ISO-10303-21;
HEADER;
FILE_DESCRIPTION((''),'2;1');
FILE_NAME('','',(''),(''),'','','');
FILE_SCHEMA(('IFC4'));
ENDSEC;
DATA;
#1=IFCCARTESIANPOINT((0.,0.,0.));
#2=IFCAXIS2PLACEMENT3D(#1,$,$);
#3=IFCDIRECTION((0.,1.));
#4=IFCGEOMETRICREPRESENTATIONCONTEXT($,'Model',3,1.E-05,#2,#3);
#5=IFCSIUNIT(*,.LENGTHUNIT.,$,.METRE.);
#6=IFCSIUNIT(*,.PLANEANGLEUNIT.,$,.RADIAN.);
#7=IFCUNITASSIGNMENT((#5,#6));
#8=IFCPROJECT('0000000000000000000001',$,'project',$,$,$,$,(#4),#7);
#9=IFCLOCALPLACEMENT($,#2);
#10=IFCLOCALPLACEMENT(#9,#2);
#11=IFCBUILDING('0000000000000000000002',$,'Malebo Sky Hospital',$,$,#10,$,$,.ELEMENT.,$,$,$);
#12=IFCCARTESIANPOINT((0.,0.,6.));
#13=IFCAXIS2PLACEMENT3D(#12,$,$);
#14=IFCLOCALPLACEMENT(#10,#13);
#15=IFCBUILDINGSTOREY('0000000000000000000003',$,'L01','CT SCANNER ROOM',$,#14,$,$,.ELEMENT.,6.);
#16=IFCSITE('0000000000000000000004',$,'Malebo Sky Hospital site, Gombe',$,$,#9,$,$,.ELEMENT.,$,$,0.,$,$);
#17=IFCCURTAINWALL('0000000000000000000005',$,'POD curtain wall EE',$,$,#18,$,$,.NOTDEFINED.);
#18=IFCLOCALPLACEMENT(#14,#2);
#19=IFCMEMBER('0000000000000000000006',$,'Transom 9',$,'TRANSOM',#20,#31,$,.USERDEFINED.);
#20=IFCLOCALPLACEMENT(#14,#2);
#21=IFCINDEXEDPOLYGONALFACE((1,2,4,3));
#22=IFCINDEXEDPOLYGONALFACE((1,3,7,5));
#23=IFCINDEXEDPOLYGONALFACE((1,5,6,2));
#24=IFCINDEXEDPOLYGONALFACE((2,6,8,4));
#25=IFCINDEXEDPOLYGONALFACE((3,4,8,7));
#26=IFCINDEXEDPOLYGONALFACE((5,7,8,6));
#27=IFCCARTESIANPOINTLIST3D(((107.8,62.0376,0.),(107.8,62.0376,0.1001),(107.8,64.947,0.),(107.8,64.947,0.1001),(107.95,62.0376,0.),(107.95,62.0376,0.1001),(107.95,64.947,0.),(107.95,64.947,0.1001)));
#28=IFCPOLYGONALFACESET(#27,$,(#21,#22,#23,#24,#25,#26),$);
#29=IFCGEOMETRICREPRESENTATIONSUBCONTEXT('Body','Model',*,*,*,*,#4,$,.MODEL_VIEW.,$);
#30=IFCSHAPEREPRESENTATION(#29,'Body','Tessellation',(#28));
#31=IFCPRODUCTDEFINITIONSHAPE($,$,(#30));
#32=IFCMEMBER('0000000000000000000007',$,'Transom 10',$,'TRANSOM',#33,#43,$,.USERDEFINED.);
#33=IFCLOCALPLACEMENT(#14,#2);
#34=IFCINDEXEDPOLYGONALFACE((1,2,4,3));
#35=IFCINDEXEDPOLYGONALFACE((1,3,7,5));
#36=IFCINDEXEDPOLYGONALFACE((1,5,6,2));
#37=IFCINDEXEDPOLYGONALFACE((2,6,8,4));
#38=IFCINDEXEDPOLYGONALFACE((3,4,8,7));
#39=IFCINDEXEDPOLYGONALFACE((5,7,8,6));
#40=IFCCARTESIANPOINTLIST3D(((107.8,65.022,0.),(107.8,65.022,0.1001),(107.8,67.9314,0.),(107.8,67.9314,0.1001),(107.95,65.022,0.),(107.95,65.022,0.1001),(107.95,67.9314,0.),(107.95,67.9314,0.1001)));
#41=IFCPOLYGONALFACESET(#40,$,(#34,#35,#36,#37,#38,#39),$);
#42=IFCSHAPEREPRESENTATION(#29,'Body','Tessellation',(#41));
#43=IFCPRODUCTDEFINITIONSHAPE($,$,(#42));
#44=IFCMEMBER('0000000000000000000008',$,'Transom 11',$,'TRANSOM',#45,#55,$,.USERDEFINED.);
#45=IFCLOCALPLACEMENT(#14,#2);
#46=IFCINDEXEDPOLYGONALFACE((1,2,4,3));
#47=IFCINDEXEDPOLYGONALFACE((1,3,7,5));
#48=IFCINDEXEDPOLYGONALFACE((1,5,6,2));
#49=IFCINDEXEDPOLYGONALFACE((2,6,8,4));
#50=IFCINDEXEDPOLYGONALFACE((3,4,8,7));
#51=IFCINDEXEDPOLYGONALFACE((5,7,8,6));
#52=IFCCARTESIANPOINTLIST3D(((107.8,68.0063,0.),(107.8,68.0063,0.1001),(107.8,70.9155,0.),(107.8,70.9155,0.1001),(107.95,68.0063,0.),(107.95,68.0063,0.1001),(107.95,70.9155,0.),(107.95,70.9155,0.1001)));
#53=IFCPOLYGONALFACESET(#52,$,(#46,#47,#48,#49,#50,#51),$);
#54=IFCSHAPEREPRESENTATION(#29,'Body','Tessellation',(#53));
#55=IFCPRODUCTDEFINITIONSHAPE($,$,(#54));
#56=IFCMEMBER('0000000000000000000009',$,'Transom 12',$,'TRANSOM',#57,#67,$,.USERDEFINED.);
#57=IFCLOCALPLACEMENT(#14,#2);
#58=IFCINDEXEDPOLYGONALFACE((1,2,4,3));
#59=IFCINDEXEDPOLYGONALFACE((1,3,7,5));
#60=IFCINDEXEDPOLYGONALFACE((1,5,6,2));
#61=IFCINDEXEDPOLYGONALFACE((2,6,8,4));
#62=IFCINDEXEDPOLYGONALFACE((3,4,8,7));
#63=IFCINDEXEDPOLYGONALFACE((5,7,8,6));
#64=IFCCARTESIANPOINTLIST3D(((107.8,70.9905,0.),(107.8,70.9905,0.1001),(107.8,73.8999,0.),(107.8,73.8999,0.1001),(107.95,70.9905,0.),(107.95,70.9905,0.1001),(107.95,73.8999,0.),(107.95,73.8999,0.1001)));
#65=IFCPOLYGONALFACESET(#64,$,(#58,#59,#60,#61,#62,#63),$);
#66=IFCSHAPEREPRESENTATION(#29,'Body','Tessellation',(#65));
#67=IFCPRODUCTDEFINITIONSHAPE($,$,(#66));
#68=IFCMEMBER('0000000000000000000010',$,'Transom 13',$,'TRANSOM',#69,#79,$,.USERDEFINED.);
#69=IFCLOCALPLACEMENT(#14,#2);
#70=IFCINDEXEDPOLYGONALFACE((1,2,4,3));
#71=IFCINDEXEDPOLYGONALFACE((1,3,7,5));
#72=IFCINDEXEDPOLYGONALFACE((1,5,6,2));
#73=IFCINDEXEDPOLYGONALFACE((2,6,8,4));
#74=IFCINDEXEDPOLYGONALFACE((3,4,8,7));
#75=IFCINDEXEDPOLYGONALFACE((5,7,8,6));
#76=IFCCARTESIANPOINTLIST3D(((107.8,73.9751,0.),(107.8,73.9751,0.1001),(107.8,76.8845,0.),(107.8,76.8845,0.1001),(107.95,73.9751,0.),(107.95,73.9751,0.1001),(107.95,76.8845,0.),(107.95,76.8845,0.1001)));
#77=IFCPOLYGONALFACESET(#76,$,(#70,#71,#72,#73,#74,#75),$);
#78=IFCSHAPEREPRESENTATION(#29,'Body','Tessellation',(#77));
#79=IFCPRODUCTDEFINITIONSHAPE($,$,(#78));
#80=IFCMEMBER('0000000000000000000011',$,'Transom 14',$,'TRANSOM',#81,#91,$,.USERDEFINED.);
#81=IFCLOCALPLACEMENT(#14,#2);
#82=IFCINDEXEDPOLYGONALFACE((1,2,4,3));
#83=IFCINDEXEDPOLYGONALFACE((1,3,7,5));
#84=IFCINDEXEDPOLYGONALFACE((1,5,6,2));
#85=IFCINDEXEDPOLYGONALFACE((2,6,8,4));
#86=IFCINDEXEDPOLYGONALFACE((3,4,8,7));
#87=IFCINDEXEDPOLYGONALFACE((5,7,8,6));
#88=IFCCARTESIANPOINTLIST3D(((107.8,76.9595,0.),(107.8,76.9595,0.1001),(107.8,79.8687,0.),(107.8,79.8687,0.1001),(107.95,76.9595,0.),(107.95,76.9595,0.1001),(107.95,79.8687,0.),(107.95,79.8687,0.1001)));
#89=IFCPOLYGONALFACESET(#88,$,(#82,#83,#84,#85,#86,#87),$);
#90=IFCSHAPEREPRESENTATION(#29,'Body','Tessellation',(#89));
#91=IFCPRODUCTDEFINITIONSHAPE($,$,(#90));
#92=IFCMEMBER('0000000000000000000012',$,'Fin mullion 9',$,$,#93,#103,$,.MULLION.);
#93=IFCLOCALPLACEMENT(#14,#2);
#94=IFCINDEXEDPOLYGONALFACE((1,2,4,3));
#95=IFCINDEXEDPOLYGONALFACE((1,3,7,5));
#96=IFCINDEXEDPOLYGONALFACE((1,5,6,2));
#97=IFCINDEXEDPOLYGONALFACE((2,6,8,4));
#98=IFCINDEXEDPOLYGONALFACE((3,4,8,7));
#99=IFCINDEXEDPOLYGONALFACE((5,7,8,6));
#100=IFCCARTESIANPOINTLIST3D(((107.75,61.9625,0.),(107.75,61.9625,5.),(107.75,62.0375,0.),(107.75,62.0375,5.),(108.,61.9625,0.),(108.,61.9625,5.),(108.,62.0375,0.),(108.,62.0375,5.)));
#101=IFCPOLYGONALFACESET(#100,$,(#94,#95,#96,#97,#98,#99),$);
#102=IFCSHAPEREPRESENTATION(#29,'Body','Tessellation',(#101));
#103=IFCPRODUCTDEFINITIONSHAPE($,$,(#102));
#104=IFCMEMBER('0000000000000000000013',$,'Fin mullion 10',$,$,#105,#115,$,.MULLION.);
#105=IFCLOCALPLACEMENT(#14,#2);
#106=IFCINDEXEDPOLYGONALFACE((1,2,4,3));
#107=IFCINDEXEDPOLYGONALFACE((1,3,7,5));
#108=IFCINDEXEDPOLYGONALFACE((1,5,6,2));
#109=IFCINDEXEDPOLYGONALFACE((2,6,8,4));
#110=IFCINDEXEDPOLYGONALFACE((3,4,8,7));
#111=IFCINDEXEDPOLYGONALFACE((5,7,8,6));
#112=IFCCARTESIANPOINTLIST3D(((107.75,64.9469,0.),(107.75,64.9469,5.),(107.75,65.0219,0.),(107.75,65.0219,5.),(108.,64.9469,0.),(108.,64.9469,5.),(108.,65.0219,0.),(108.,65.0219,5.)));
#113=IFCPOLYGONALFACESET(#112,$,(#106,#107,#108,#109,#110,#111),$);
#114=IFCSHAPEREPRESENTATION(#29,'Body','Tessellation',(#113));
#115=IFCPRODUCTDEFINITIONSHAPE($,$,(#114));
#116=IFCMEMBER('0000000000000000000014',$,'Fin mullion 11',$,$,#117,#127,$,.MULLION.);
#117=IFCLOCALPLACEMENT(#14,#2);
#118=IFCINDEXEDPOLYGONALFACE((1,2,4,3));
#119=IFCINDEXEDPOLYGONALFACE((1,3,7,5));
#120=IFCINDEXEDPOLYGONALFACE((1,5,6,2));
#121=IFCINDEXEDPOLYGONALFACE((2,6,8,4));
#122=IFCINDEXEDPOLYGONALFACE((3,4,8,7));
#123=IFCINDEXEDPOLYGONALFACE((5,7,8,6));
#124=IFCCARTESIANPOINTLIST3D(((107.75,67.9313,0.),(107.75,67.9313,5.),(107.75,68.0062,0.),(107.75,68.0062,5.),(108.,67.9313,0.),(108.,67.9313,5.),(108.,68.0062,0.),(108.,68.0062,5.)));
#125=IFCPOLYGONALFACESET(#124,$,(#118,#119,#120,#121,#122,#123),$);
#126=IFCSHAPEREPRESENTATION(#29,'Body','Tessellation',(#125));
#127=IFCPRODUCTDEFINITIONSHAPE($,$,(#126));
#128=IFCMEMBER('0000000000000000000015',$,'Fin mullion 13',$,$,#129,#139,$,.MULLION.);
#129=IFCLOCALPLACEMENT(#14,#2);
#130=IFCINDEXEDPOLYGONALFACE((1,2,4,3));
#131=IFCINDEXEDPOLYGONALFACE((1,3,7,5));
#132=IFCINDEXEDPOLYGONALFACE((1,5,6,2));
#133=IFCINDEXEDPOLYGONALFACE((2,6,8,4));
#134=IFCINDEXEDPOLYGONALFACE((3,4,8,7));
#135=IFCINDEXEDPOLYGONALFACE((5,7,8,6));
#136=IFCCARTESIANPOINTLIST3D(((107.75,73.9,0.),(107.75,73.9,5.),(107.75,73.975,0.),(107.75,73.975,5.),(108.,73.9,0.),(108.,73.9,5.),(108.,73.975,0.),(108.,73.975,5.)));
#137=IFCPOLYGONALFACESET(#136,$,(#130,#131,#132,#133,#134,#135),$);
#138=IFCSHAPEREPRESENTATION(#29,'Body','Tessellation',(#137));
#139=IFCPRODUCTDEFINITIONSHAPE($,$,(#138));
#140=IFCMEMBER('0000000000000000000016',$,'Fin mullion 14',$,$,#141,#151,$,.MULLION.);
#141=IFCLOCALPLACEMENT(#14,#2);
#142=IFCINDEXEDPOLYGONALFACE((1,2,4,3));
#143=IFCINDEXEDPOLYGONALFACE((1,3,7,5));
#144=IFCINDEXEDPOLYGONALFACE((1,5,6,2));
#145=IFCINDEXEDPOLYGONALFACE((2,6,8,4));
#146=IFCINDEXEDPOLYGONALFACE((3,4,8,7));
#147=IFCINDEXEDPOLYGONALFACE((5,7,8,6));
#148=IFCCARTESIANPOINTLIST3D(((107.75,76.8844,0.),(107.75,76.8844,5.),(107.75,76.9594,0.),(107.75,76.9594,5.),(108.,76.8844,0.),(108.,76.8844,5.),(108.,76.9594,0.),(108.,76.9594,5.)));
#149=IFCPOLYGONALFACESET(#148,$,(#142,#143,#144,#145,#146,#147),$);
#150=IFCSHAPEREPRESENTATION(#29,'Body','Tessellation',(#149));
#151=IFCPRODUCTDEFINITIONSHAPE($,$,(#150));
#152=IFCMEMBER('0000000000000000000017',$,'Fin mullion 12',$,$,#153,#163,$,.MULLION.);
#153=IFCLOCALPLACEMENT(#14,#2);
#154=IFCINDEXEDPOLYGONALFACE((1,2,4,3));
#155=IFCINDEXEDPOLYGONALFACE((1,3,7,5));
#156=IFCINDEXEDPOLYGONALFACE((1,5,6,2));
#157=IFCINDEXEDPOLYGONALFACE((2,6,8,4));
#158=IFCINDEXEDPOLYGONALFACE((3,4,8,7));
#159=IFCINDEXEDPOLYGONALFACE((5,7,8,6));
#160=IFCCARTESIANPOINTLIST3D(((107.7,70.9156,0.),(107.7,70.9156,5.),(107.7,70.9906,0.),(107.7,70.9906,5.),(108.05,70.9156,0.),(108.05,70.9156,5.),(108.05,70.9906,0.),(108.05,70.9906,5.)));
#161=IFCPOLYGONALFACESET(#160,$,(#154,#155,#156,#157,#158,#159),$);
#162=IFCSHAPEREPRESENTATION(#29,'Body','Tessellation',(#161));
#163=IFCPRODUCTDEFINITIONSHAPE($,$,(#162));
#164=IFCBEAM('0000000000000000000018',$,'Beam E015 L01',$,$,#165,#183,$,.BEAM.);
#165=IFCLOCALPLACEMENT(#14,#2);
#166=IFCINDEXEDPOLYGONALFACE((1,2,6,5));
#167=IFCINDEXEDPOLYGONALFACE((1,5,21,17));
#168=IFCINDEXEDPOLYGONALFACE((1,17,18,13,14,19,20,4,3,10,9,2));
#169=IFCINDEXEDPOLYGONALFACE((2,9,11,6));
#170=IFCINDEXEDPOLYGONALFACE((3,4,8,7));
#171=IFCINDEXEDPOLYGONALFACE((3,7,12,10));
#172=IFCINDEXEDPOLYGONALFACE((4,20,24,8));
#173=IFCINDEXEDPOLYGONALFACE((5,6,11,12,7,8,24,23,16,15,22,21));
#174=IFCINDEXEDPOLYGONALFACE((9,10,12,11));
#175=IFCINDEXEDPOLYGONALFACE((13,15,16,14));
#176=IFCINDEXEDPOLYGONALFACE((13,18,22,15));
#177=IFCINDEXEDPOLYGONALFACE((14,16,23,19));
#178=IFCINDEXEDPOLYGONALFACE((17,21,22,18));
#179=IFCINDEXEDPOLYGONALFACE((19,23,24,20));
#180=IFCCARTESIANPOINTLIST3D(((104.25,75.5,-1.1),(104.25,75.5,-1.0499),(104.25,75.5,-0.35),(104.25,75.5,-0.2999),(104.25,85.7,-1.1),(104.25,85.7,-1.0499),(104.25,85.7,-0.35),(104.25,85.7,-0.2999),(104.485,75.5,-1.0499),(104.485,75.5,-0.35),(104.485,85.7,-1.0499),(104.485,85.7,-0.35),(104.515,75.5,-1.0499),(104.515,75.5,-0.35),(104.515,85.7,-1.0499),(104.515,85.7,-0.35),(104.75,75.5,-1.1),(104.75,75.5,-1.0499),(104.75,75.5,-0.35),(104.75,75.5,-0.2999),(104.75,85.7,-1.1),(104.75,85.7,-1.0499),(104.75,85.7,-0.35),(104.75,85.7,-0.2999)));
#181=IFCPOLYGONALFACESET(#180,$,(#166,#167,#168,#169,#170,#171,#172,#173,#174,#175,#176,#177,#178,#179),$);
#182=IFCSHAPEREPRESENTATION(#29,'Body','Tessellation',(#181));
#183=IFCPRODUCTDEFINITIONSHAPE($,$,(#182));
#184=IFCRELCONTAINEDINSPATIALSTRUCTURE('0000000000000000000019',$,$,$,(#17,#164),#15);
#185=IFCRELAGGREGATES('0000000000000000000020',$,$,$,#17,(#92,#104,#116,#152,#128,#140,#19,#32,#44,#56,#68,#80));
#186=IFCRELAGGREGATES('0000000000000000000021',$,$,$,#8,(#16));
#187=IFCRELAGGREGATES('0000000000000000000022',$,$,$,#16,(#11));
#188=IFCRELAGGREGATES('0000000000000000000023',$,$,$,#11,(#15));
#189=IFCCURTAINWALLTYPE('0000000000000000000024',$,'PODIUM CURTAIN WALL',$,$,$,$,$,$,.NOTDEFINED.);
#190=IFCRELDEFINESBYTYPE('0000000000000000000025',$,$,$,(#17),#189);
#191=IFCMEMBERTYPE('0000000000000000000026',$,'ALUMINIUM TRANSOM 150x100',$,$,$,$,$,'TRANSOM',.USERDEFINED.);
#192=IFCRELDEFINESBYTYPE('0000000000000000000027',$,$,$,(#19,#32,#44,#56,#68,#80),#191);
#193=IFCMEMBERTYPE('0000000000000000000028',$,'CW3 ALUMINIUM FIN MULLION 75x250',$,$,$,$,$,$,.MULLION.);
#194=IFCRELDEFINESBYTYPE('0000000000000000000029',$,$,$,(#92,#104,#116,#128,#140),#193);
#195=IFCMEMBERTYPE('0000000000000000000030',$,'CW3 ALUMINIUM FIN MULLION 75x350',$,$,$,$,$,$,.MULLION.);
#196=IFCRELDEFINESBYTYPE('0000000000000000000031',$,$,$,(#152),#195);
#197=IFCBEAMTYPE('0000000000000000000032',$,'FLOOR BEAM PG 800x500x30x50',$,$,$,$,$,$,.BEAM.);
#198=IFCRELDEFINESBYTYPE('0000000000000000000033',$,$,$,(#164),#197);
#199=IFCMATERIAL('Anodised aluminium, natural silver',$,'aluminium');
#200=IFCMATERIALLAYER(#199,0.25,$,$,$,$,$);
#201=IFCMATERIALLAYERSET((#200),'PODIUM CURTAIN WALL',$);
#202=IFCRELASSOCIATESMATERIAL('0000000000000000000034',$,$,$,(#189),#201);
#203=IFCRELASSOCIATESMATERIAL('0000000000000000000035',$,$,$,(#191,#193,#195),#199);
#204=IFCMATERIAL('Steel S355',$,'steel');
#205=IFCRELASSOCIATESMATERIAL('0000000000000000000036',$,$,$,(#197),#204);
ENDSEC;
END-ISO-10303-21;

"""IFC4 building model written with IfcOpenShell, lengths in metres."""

from ifc_helpers import new_model, si_unit, direction, frame, origin, origin_2d, place, context, subcontext, project, spatial, rectangle, i_section, extrude, material, layer, layer_set, material_profile, profile_set, type_object, element, aggregate, save


model = new_model("IFC4")

# Units and contexts
model_context = context("Model", 3, precision=1e-05, world=origin(), true_north=direction((0.0, 1.0)))
body_context = subcontext(model_context, "Body", "Model", "MODEL_VIEW")
ifc_project = project(units=[si_unit("LENGTHUNIT", "METRE"), si_unit("PLANEANGLEUNIT", "RADIAN")], contexts=[model_context])

# Site, building, storey
site_placement = place(None, origin())
site = spatial("IfcSite", under=ifc_project, at=site_placement, Name="Malebo Sky Hospital site, Gombe", CompositionType="ELEMENT", RefElevation=0.0)
building_placement = place(site_placement, origin())
building = spatial("IfcBuilding", under=site, at=building_placement, Name="Malebo Sky Hospital", CompositionType="ELEMENT")
storey_placement = place(building_placement, frame((0.0, 0.0, 6.0)))
storey = spatial("IfcBuildingStorey", under=building, at=storey_placement, Name="L01", Description="CT SCANNER ROOM", CompositionType="ELEMENT", Elevation=6.0)

# Curtain wall, members
ifc_material_1 = material(Name="Anodised aluminium, natural silver", Category="aluminium")
ifc_layer_1 = layer(ifc_material_1, 0.25)
ifc_layer_set_1 = layer_set([ifc_layer_1], Name="PODIUM CURTAIN WALL")
curtain_wall_type = type_object("IfcCurtainWallType", Name="PODIUM CURTAIN WALL", PredefinedType="NOTDEFINED", material=ifc_layer_set_1)
curtain_wall_placement = place(storey_placement, origin())
curtain_wall = element("IfcCurtainWall", 1, at=curtain_wall_placement, inside=storey, type_object=curtain_wall_type, Name="POD curtain wall EE", PredefinedType="NOTDEFINED")
ifc_material_profile_1 = material_profile(ifc_material_1, rectangle(XDim=0.1499, YDim=0.1001, at=origin_2d()), Name="ALUMINIUM TRANSOM 150x100")
ifc_profile_set_1 = profile_set([ifc_material_profile_1], Name="Anodised aluminium, natural silver")
member_type_1 = type_object("IfcMemberType", Name="ALUMINIUM TRANSOM 150x100", ElementType="TRANSOM", PredefinedType="USERDEFINED", material=ifc_profile_set_1)
member_1_placement = place(storey_placement, frame((107.875, 62.0376, 0.05), z_axis=(0.0, 1.0, 0.0), x_axis=(-1.0, 0.0, 0.0)))
member_1 = element("IfcMember", 2, at=member_1_placement, type_object=member_type_1, Name="Transom 9", ObjectType="TRANSOM", PredefinedType="USERDEFINED", context=body_context, shape_type="SweptSolid", body=[
    extrude(rectangle(XDim=0.1499, YDim=0.1001, at=origin_2d()), origin(), (0.0, 0.0, 1.0), 2.9094),
])
member_2_placement = place(storey_placement, frame((107.875, 65.022, 0.05), z_axis=(0.0, 1.0, 0.0), x_axis=(-1.0, 0.0, 0.0)))
member_2 = element("IfcMember", 3, at=member_2_placement, type_object=member_type_1, Name="Transom 10", ObjectType="TRANSOM", PredefinedType="USERDEFINED", context=body_context, shape_type="SweptSolid", body=[
    extrude(rectangle(XDim=0.1499, YDim=0.1001, at=origin_2d()), origin(), (0.0, 0.0, 1.0), 2.9094),
])
member_3_placement = place(storey_placement, frame((107.875, 68.0063, 0.05), z_axis=(0.0, 1.0, 0.0), x_axis=(-1.0, 0.0, 0.0)))
member_3 = element("IfcMember", 4, at=member_3_placement, type_object=member_type_1, Name="Transom 11", ObjectType="TRANSOM", PredefinedType="USERDEFINED", context=body_context, shape_type="SweptSolid", body=[
    extrude(rectangle(XDim=0.1499, YDim=0.1001, at=origin_2d()), origin(), (0.0, 0.0, 1.0), 2.9092),
])
member_4_placement = place(storey_placement, frame((107.875, 70.9905, 0.05), z_axis=(0.0, 1.0, 0.0), x_axis=(-1.0, 0.0, 0.0)))
member_4 = element("IfcMember", 5, at=member_4_placement, type_object=member_type_1, Name="Transom 12", ObjectType="TRANSOM", PredefinedType="USERDEFINED", context=body_context, shape_type="SweptSolid", body=[
    extrude(rectangle(XDim=0.1499, YDim=0.1001, at=origin_2d()), origin(), (0.0, 0.0, 1.0), 2.9094),
])
member_5_placement = place(storey_placement, frame((107.875, 73.9751, 0.05), z_axis=(0.0, 1.0, 0.0), x_axis=(-1.0, 0.0, 0.0)))
member_5 = element("IfcMember", 6, at=member_5_placement, type_object=member_type_1, Name="Transom 13", ObjectType="TRANSOM", PredefinedType="USERDEFINED", context=body_context, shape_type="SweptSolid", body=[
    extrude(rectangle(XDim=0.1499, YDim=0.1001, at=origin_2d()), origin(), (0.0, 0.0, 1.0), 2.9094),
])
member_6_placement = place(storey_placement, frame((107.875, 76.9595, 0.05), z_axis=(0.0, 1.0, 0.0), x_axis=(-1.0, 0.0, 0.0)))
member_6 = element("IfcMember", 7, at=member_6_placement, type_object=member_type_1, Name="Transom 14", ObjectType="TRANSOM", PredefinedType="USERDEFINED", context=body_context, shape_type="SweptSolid", body=[
    extrude(rectangle(XDim=0.1499, YDim=0.1001, at=origin_2d()), origin(), (0.0, 0.0, 1.0), 2.9092),
])
ifc_material_profile_2 = material_profile(ifc_material_1, rectangle(XDim=0.075, YDim=0.25, at=origin_2d()), Name="CW3 ALUMINIUM FIN MULLION 75x250")
ifc_profile_set_2 = profile_set([ifc_material_profile_2], Name="Anodised aluminium, natural silver")
member_type_2 = type_object("IfcMemberType", Name="CW3 ALUMINIUM FIN MULLION 75x250", PredefinedType="MULLION", material=ifc_profile_set_2)
member_7_placement = place(storey_placement, frame((107.875, 62.0, 0.0), z_axis=(0.0, 0.0, 1.0), x_axis=(0.0, 1.0, 0.0)))
member_7 = element("IfcMember", 8, at=member_7_placement, type_object=member_type_2, Name="Fin mullion 9", PredefinedType="MULLION", context=body_context, shape_type="SweptSolid", body=[
    extrude(rectangle(XDim=0.075, YDim=0.25, at=origin_2d()), origin(), (0.0, 0.0, 1.0), 5.0),
])
member_8_placement = place(storey_placement, frame((107.875, 64.9844, 0.0), z_axis=(0.0, 0.0, 1.0), x_axis=(0.0, 1.0, 0.0)))
member_8 = element("IfcMember", 9, at=member_8_placement, type_object=member_type_2, Name="Fin mullion 10", PredefinedType="MULLION", context=body_context, shape_type="SweptSolid", body=[
    extrude(rectangle(XDim=0.075, YDim=0.25, at=origin_2d()), origin(), (0.0, 0.0, 1.0), 5.0),
])
member_9_placement = place(storey_placement, frame((107.875, 67.9688, 0.0), z_axis=(0.0, 0.0, 1.0), x_axis=(0.0, 1.0, 0.0)))
member_9 = element("IfcMember", 10, at=member_9_placement, type_object=member_type_2, Name="Fin mullion 11", PredefinedType="MULLION", context=body_context, shape_type="SweptSolid", body=[
    extrude(rectangle(XDim=0.075, YDim=0.25, at=origin_2d()), origin(), (0.0, 0.0, 1.0), 5.0),
])
member_10_placement = place(storey_placement, frame((107.875, 73.9375, 0.0), z_axis=(0.0, 0.0, 1.0), x_axis=(0.0, 1.0, 0.0)))
member_10 = element("IfcMember", 11, at=member_10_placement, type_object=member_type_2, Name="Fin mullion 13", PredefinedType="MULLION", context=body_context, shape_type="SweptSolid", body=[
    extrude(rectangle(XDim=0.075, YDim=0.25, at=origin_2d()), origin(), (0.0, 0.0, 1.0), 5.0),
])
member_11_placement = place(storey_placement, frame((107.875, 76.9219, 0.0), z_axis=(0.0, 0.0, 1.0), x_axis=(0.0, 1.0, 0.0)))
member_11 = element("IfcMember", 12, at=member_11_placement, type_object=member_type_2, Name="Fin mullion 14", PredefinedType="MULLION", context=body_context, shape_type="SweptSolid", body=[
    extrude(rectangle(XDim=0.075, YDim=0.25, at=origin_2d()), origin(), (0.0, 0.0, 1.0), 5.0),
])
ifc_material_profile_3 = material_profile(ifc_material_1, rectangle(XDim=0.075, YDim=0.3501, at=origin_2d()), Name="CW3 ALUMINIUM FIN MULLION 75x350")
ifc_profile_set_3 = profile_set([ifc_material_profile_3], Name="Anodised aluminium, natural silver")
member_type_3 = type_object("IfcMemberType", Name="CW3 ALUMINIUM FIN MULLION 75x350", PredefinedType="MULLION", material=ifc_profile_set_3)
member_12_placement = place(storey_placement, frame((107.875, 70.9531, 0.0), z_axis=(0.0, 0.0, 1.0), x_axis=(0.0, 1.0, 0.0)))
member_12 = element("IfcMember", 13, at=member_12_placement, type_object=member_type_3, Name="Fin mullion 12", PredefinedType="MULLION", context=body_context, shape_type="SweptSolid", body=[
    extrude(rectangle(XDim=0.075, YDim=0.3501, at=origin_2d()), origin(), (0.0, 0.0, 1.0), 5.0),
])

# Beam
ifc_material_2 = material(Name="Steel S355", Category="steel")
ifc_material_profile_4 = material_profile(ifc_material_2, i_section(OverallWidth=0.5, OverallDepth=0.8, WebThickness=0.03, FlangeThickness=0.05, at=origin_2d()), Name="PG 800x500x30x50")
ifc_profile_set_4 = profile_set([ifc_material_profile_4], Name="Steel S355")
beam_type = type_object("IfcBeamType", Name="FLOOR BEAM PG 800x500x30x50", PredefinedType="BEAM", material=ifc_profile_set_4)
beam_placement = place(storey_placement, frame((104.5, 75.5, -0.7), z_axis=(0.0, 1.0, 0.0), x_axis=(-1.0, 0.0, 0.0)))
element("IfcBeam", 14, at=beam_placement, inside=storey, type_object=beam_type, Name="Beam E015 L01", PredefinedType="BEAM", context=body_context, shape_type="SweptSolid", body=[
    extrude(i_section(OverallWidth=0.5, OverallDepth=0.8, WebThickness=0.03, FlangeThickness=0.05, at=origin_2d()), origin(), (0.0, 0.0, 1.0), 10.2),
])

aggregate(curtain_wall, [member_7, member_8, member_9, member_12, member_10, member_11, member_1, member_2, member_3, member_4, member_5, member_6])

save(model, "model.ifc")
